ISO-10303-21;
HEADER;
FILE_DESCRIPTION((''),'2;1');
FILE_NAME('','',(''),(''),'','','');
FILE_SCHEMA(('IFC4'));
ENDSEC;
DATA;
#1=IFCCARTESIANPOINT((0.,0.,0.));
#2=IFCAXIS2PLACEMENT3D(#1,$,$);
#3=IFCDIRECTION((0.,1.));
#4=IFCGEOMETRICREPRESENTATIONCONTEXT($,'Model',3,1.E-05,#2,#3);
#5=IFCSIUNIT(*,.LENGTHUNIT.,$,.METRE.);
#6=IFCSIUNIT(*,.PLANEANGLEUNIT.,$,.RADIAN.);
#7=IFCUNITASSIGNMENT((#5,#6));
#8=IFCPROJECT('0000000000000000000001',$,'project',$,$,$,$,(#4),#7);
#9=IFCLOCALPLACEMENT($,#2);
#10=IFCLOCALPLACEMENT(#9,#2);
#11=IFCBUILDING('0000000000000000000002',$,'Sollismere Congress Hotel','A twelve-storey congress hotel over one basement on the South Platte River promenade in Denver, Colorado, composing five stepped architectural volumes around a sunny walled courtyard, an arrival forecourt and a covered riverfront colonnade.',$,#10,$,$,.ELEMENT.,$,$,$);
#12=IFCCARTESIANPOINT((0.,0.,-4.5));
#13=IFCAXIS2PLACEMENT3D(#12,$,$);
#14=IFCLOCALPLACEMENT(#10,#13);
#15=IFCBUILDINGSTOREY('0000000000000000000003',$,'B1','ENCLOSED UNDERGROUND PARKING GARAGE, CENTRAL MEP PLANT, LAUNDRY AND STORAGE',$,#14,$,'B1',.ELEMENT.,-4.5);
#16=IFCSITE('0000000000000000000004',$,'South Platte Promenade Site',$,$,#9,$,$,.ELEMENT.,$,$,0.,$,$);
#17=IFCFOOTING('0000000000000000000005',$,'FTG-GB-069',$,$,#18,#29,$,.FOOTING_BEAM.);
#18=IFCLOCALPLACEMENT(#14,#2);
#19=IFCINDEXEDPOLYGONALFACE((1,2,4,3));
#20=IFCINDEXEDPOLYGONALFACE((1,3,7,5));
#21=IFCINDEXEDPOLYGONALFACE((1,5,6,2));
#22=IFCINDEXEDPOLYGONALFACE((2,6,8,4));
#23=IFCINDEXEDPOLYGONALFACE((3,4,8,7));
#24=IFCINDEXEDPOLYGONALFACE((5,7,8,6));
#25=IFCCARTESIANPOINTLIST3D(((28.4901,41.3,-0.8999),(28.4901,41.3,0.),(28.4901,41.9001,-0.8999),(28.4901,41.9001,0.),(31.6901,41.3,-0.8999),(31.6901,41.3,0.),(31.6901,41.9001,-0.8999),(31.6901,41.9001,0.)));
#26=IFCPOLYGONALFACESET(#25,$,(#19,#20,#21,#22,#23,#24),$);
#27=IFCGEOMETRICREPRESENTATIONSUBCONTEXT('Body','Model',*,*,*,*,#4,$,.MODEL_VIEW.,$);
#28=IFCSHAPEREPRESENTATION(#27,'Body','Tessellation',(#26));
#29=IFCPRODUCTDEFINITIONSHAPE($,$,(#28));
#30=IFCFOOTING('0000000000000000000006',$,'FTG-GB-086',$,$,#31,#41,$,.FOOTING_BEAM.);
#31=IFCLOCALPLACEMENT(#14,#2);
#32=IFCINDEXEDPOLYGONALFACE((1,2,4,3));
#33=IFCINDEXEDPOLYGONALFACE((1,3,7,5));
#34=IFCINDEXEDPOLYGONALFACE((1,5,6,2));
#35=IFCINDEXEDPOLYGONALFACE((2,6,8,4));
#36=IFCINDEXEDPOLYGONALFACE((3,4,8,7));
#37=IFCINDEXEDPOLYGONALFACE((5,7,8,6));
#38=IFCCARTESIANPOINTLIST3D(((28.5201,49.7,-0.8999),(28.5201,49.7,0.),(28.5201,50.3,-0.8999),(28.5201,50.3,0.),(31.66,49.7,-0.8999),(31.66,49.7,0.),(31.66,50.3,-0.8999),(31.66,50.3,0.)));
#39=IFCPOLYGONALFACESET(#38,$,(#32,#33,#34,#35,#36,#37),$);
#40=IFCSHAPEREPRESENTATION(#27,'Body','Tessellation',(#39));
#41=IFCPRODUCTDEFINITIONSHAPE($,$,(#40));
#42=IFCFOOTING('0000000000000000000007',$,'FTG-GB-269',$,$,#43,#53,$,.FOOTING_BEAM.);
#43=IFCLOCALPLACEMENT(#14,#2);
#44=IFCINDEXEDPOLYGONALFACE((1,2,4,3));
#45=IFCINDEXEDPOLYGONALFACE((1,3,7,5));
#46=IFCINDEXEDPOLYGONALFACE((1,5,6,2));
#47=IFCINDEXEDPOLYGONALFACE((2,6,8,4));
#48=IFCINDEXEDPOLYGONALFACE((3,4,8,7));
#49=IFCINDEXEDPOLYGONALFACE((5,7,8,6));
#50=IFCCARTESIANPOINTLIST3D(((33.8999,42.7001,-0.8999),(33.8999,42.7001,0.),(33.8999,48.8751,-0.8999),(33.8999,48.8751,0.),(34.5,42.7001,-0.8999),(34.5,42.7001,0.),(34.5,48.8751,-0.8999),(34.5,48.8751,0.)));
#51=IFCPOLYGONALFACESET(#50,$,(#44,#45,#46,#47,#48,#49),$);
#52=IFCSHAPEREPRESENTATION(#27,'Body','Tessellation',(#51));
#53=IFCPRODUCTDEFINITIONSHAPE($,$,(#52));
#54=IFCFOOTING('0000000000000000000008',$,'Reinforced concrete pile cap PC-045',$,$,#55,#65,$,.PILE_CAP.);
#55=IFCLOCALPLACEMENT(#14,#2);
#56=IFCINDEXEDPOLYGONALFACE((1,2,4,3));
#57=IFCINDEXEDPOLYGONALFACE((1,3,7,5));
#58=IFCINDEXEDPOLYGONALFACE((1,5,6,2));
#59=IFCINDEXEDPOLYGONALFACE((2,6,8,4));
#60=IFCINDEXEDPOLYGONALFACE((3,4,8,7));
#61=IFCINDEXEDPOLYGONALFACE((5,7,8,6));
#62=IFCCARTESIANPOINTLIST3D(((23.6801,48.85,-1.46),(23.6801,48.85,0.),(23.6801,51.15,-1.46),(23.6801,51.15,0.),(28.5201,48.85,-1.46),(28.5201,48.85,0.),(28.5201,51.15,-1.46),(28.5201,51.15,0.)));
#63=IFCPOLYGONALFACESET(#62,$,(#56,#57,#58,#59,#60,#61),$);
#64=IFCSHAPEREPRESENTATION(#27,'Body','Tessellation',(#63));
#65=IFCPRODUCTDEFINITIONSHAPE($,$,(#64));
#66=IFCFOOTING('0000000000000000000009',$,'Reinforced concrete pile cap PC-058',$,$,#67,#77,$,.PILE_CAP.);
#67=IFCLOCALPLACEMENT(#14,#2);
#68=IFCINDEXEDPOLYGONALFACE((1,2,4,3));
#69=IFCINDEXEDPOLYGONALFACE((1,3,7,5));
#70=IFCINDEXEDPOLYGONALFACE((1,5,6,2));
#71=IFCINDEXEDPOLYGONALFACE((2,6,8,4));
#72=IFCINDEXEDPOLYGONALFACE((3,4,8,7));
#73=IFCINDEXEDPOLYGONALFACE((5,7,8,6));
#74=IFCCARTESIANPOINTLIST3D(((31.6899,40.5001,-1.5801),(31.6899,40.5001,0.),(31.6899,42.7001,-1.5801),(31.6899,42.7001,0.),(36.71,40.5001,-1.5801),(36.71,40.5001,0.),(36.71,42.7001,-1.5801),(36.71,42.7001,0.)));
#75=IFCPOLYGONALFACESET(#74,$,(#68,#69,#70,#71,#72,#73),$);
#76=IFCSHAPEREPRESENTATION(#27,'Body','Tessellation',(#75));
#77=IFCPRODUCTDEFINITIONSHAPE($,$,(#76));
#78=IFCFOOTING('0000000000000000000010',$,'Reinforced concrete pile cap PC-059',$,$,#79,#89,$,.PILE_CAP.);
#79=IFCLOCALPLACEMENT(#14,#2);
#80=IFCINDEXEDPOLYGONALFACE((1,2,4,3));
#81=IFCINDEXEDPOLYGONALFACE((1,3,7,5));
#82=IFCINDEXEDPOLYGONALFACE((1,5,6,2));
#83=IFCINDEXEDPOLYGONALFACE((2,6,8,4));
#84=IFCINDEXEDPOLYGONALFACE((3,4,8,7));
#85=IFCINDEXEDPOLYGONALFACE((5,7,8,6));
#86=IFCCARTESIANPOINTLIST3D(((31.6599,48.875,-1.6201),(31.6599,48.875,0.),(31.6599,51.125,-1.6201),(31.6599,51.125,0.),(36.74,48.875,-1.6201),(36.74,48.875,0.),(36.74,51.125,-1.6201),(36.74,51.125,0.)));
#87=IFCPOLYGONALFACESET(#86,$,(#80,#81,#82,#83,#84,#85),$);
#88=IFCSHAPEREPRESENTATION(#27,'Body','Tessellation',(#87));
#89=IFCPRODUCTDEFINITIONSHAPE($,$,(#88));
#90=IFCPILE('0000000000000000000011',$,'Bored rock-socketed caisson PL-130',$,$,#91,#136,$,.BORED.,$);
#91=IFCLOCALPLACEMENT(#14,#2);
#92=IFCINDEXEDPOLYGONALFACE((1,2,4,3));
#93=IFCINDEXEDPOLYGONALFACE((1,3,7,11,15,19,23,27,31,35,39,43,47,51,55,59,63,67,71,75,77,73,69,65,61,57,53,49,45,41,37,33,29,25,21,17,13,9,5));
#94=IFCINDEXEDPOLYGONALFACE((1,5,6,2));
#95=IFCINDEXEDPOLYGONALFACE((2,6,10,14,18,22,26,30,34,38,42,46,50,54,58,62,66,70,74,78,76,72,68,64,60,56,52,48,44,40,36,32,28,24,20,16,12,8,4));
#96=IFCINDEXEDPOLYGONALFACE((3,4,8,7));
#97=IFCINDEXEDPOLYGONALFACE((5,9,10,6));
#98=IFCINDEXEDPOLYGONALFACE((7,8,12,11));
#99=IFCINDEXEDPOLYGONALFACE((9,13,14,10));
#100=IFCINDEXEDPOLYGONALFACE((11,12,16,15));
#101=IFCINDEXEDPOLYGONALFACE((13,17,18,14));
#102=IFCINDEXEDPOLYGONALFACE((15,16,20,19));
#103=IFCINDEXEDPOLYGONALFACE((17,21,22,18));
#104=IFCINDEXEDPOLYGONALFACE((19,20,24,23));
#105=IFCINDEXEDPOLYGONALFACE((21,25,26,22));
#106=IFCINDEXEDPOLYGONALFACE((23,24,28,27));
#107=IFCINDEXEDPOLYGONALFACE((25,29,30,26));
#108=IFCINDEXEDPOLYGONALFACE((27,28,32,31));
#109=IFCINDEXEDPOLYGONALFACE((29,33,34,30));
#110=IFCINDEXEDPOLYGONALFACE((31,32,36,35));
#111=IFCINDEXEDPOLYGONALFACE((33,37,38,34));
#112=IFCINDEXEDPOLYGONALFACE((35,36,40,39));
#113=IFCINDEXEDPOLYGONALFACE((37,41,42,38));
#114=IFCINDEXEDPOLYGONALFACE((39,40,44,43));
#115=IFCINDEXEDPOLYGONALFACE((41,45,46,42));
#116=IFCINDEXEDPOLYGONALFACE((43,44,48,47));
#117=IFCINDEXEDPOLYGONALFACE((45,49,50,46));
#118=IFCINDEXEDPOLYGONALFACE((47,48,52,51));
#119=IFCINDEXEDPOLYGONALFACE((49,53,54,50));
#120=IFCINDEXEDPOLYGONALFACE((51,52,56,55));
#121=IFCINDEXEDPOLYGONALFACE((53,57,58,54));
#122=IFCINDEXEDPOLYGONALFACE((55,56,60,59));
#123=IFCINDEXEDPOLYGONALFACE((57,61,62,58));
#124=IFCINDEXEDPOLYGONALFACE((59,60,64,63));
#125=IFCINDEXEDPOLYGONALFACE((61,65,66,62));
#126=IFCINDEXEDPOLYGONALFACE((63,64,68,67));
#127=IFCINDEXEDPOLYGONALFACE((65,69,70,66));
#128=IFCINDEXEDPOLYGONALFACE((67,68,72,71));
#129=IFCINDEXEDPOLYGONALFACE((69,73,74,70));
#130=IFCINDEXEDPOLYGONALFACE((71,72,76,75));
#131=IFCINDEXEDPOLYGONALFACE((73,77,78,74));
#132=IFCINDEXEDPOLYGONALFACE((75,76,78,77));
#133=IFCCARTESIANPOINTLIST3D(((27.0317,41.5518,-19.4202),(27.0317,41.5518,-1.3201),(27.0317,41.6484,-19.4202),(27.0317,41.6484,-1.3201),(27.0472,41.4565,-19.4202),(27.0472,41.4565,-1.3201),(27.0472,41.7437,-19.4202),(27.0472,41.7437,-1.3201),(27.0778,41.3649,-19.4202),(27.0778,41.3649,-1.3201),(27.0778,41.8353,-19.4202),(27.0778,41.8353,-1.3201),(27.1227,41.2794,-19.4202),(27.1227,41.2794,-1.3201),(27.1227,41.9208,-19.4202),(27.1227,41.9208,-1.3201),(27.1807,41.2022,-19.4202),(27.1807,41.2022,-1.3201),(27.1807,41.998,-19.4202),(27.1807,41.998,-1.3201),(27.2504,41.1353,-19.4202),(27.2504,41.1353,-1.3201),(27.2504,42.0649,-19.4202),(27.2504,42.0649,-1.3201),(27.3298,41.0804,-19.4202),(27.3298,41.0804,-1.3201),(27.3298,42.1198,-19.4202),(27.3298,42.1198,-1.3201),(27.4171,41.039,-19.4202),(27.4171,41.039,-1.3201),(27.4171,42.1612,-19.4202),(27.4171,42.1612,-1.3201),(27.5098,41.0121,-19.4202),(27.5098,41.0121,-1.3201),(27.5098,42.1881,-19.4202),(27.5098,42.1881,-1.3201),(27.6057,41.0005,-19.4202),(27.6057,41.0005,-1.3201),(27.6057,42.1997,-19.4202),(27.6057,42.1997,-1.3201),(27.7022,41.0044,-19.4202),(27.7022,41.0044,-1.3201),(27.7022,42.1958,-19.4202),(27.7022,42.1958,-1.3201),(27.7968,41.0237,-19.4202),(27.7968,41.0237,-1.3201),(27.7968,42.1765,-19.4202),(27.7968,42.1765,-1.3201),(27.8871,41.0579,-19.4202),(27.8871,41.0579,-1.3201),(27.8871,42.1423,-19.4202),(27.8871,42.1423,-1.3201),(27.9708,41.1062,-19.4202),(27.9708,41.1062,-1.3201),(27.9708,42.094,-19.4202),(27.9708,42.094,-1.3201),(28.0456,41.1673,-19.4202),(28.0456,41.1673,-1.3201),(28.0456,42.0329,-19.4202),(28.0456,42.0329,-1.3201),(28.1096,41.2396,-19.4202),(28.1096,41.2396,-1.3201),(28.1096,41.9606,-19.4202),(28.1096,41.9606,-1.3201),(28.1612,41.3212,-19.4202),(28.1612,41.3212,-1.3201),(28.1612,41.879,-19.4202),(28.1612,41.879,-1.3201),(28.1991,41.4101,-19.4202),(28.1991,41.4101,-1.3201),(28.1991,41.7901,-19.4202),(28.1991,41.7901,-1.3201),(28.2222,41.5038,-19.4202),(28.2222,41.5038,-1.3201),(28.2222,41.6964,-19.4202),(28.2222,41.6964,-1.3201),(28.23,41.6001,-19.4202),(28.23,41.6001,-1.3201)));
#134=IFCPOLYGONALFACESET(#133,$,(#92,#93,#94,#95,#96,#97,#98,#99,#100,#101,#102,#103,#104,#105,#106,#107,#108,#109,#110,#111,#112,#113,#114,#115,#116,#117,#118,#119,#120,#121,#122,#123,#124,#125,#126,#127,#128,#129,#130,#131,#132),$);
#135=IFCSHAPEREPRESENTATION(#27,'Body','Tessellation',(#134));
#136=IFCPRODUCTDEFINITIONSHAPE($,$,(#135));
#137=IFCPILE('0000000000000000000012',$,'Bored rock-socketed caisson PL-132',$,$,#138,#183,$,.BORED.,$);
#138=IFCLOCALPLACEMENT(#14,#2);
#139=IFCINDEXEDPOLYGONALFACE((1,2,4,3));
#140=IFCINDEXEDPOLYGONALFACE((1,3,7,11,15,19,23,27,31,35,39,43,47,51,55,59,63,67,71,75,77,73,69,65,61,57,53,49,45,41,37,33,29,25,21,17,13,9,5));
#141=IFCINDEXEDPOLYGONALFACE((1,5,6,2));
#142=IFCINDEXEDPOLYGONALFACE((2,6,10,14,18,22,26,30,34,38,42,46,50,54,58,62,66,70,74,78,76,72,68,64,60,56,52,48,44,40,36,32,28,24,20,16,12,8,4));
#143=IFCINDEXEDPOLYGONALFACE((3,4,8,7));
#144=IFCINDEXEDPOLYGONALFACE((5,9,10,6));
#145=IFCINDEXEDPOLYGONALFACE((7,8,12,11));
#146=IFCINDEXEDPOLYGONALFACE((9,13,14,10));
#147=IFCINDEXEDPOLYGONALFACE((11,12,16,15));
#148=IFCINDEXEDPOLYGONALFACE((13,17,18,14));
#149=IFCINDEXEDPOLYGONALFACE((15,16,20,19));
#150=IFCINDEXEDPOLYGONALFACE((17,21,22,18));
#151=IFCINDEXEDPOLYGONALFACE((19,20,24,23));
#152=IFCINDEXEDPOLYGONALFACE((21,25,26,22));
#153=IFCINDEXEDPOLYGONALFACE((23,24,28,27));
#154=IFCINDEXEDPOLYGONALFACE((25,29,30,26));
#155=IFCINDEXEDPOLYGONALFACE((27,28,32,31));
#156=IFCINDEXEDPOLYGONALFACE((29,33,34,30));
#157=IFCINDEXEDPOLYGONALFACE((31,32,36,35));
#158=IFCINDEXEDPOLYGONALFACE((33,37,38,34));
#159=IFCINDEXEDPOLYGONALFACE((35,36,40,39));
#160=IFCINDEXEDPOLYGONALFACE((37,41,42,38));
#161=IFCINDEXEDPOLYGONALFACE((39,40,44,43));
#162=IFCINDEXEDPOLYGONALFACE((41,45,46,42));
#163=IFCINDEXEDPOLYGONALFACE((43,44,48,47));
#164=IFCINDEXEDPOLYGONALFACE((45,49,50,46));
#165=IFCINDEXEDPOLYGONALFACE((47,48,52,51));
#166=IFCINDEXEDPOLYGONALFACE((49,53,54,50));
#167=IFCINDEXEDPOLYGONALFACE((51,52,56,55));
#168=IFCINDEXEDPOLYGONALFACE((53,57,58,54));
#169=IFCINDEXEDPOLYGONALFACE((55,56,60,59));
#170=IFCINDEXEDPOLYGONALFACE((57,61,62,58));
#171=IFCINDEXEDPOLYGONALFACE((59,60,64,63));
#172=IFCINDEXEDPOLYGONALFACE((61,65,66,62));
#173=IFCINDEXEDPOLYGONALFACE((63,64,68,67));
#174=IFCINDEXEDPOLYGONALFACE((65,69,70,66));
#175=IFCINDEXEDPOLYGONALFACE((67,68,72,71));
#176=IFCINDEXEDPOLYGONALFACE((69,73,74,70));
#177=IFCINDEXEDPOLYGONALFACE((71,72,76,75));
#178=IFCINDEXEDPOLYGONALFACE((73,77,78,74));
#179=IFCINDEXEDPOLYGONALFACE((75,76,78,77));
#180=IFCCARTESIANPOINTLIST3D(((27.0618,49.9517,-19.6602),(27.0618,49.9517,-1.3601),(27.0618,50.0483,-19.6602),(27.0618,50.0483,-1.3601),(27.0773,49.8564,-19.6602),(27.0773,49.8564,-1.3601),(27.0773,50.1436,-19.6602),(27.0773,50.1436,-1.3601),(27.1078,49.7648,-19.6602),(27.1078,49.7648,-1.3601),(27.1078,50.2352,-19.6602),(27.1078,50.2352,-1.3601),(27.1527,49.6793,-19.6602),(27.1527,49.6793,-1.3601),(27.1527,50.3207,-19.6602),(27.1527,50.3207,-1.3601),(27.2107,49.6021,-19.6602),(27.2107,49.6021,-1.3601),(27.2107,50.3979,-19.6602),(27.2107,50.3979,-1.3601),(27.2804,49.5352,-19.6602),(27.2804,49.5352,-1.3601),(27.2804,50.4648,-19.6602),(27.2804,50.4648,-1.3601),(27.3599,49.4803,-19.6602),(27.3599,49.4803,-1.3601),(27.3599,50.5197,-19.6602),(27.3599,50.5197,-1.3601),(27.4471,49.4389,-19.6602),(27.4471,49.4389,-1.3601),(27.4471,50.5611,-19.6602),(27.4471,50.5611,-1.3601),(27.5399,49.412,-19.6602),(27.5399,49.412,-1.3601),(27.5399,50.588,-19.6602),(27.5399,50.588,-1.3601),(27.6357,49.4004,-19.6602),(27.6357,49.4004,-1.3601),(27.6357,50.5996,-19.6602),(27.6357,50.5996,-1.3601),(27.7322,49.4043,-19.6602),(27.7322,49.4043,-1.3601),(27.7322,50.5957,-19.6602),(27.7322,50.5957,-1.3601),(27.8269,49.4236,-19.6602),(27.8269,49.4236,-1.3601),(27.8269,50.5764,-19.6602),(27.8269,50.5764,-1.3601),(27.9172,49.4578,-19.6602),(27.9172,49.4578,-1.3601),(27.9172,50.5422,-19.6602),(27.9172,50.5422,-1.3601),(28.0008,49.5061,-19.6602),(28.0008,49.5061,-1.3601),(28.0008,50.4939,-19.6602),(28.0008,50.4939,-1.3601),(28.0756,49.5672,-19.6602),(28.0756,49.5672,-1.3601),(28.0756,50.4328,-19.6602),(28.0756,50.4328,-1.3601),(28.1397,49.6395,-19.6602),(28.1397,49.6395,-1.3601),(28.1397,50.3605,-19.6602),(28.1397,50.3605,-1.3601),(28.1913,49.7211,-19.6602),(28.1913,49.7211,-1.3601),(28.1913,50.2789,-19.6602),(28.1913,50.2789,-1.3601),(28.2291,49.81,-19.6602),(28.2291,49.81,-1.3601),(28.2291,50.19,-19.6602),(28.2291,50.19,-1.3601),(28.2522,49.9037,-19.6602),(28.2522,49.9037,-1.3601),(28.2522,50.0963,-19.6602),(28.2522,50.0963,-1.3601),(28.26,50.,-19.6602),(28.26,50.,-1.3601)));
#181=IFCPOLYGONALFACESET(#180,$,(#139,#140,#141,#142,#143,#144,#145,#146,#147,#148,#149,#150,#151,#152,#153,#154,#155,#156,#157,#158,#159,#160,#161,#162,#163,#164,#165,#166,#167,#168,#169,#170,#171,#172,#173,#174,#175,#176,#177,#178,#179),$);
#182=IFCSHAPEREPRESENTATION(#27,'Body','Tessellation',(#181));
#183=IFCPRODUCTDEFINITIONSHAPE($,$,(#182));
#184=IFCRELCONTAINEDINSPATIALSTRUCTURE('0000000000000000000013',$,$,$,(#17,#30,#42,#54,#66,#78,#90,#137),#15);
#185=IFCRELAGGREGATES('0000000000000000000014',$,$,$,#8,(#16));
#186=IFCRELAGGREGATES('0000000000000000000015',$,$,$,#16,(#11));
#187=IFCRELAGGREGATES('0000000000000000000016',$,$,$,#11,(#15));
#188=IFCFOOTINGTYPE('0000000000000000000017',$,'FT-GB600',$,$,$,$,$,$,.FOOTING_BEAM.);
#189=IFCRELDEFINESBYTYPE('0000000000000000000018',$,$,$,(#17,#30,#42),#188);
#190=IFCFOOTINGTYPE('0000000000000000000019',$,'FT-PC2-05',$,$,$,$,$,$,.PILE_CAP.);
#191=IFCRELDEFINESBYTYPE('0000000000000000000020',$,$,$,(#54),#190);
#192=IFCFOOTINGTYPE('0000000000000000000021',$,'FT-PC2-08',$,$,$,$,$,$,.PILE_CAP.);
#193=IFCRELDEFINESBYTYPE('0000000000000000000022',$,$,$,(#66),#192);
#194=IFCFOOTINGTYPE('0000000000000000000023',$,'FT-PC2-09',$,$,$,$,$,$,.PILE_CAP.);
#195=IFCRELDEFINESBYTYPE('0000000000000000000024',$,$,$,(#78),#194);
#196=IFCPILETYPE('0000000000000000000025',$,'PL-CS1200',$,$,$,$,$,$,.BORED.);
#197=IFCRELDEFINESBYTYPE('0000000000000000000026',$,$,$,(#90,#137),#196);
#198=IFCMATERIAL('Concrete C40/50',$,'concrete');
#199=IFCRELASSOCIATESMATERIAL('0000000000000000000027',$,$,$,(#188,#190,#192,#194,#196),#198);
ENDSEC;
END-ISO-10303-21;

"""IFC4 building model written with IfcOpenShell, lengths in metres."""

from ifc_helpers import new_model, si_unit, direction, frame, origin, origin_2d, place, context, subcontext, project, spatial, rectangle, circle, extrude, material, material_profile, profile_set, type_object, element, save


model = new_model("IFC4")

# Units and contexts
model_context = context("Model", 3, precision=1e-05, world=origin(), true_north=direction((0.0, 1.0)))
body_context = subcontext(model_context, "Body", "Model", "MODEL_VIEW")
ifc_project = project(units=[si_unit("LENGTHUNIT", "METRE"), si_unit("PLANEANGLEUNIT", "RADIAN")], contexts=[model_context])

# Site, building, storey
site_placement = place(None, origin())
site = spatial("IfcSite", under=ifc_project, at=site_placement, Name="South Platte Promenade Site", CompositionType="ELEMENT", RefElevation=0.0)
building_placement = place(site_placement, origin())
building = spatial("IfcBuilding", under=site, at=building_placement, Name="Sollismere Congress Hotel", Description="A twelve-storey congress hotel over one basement on the South Platte River promenade in Denver, Colorado, composing five stepped architectural volumes around a sunny walled courtyard, an arrival forecourt and a covered riverfront colonnade.", CompositionType="ELEMENT")
storey_placement = place(building_placement, frame((0.0, 0.0, -4.5)))
storey = spatial("IfcBuildingStorey", under=building, at=storey_placement, Name="B1", Description="ENCLOSED UNDERGROUND PARKING GARAGE, CENTRAL MEP PLANT, LAUNDRY AND STORAGE", LongName="B1", CompositionType="ELEMENT", Elevation=-4.5)

# Footings
ifc_material_1 = material(Name="Concrete C40/50", Category="concrete")
footing_type_1 = type_object("IfcFootingType", Name="FT-GB600", PredefinedType="FOOTING_BEAM", material=ifc_material_1)
footing_1_placement = place(storey_placement, frame((30.0901, 41.6001, -0.8999), z_axis=(0.0, 0.0, 1.0), x_axis=(1.0, 0.0, 0.0)))
element("IfcFooting", 1, at=footing_1_placement, inside=storey, type_object=footing_type_1, Name="FTG-GB-069", PredefinedType="FOOTING_BEAM", context=body_context, shape_type="SweptSolid", body=[
    extrude(rectangle(XDim=3.2, YDim=0.6001, at=origin_2d()), origin(), (0.0, 0.0, 1.0), 0.8999),
])
footing_2_placement = place(storey_placement, frame((30.0901, 50.0, -0.8999), z_axis=(0.0, 0.0, 1.0), x_axis=(1.0, 0.0, 0.0)))
element("IfcFooting", 2, at=footing_2_placement, inside=storey, type_object=footing_type_1, Name="FTG-GB-086", PredefinedType="FOOTING_BEAM", context=body_context, shape_type="SweptSolid", body=[
    extrude(rectangle(XDim=3.1399, YDim=0.6001, at=origin_2d()), origin(), (0.0, 0.0, 1.0), 0.8999),
])
footing_3_placement = place(storey_placement, frame((34.2, 45.7876, -0.8999), z_axis=(0.0, 0.0, 1.0), x_axis=(0.0, 1.0, 0.0)))
element("IfcFooting", 3, at=footing_3_placement, inside=storey, type_object=footing_type_1, Name="FTG-GB-269", PredefinedType="FOOTING_BEAM", context=body_context, shape_type="SweptSolid", body=[
    extrude(rectangle(XDim=6.175, YDim=0.6001, at=origin_2d()), origin(), (0.0, 0.0, 1.0), 0.8999),
])
footing_type_2 = type_object("IfcFootingType", Name="FT-PC2-05", PredefinedType="PILE_CAP", material=ifc_material_1)
footing_4_placement = place(storey_placement, frame((26.1001, 50.0, -1.46), z_axis=(0.0, 0.0, 1.0), x_axis=(1.0, 0.0, 0.0)))
element("IfcFooting", 4, at=footing_4_placement, inside=storey, type_object=footing_type_2, Name="Reinforced concrete pile cap PC-045", PredefinedType="PILE_CAP", context=body_context, shape_type="SweptSolid", body=[
    extrude(rectangle(XDim=4.8401, YDim=2.3, at=origin_2d()), origin(), (0.0, 0.0, 1.0), 1.46),
])
footing_type_3 = type_object("IfcFootingType", Name="FT-PC2-08", PredefinedType="PILE_CAP", material=ifc_material_1)
footing_5_placement = place(storey_placement, frame((34.2, 41.6001, -1.5801), z_axis=(0.0, 0.0, 1.0), x_axis=(1.0, 0.0, 0.0)))
element("IfcFooting", 5, at=footing_5_placement, inside=storey, type_object=footing_type_3, Name="Reinforced concrete pile cap PC-058", PredefinedType="PILE_CAP", context=body_context, shape_type="SweptSolid", body=[
    extrude(rectangle(XDim=5.02, YDim=2.2, at=origin_2d()), origin(), (0.0, 0.0, 1.0), 1.5801),
])
footing_type_4 = type_object("IfcFootingType", Name="FT-PC2-09", PredefinedType="PILE_CAP", material=ifc_material_1)
footing_6_placement = place(storey_placement, frame((34.2, 50.0, -1.6201), z_axis=(0.0, 0.0, 1.0), x_axis=(1.0, 0.0, 0.0)))
element("IfcFooting", 6, at=footing_6_placement, inside=storey, type_object=footing_type_4, Name="Reinforced concrete pile cap PC-059", PredefinedType="PILE_CAP", context=body_context, shape_type="SweptSolid", body=[
    extrude(rectangle(XDim=5.0801, YDim=2.25, at=origin_2d()), origin(), (0.0, 0.0, 1.0), 1.6201),
])

# Piles
ifc_material_profile_1 = material_profile(ifc_material_1, circle(Radius=0.6001, at=origin_2d()), Name="CAISSON1200")
ifc_profile_set_1 = profile_set([ifc_material_profile_1], Name="Concrete C40/50")
pile_type = type_object("IfcPileType", Name="PL-CS1200", PredefinedType="BORED", material=ifc_profile_set_1)
pile_1_placement = place(storey_placement, frame((27.6299, 41.6001, -1.3201), z_axis=(0.0, 0.0, -1.0), x_axis=(1.0, 0.0, 0.0)))
element("IfcPile", 7, at=pile_1_placement, inside=storey, type_object=pile_type, Name="Bored rock-socketed caisson PL-130", PredefinedType="BORED", context=body_context, shape_type="SweptSolid", body=[
    extrude(circle(Radius=0.6001, at=origin_2d()), origin(), (0.0, 0.0, 1.0), 18.1001),
])
pile_2_placement = place(storey_placement, frame((27.6599, 50.0, -1.3601), z_axis=(0.0, 0.0, -1.0), x_axis=(1.0, 0.0, 0.0)))
element("IfcPile", 8, at=pile_2_placement, inside=storey, type_object=pile_type, Name="Bored rock-socketed caisson PL-132", PredefinedType="BORED", context=body_context, shape_type="SweptSolid", body=[
    extrude(circle(Radius=0.6001, at=origin_2d()), origin(), (0.0, 0.0, 1.0), 18.3),
])

save(model, "model.ifc")
